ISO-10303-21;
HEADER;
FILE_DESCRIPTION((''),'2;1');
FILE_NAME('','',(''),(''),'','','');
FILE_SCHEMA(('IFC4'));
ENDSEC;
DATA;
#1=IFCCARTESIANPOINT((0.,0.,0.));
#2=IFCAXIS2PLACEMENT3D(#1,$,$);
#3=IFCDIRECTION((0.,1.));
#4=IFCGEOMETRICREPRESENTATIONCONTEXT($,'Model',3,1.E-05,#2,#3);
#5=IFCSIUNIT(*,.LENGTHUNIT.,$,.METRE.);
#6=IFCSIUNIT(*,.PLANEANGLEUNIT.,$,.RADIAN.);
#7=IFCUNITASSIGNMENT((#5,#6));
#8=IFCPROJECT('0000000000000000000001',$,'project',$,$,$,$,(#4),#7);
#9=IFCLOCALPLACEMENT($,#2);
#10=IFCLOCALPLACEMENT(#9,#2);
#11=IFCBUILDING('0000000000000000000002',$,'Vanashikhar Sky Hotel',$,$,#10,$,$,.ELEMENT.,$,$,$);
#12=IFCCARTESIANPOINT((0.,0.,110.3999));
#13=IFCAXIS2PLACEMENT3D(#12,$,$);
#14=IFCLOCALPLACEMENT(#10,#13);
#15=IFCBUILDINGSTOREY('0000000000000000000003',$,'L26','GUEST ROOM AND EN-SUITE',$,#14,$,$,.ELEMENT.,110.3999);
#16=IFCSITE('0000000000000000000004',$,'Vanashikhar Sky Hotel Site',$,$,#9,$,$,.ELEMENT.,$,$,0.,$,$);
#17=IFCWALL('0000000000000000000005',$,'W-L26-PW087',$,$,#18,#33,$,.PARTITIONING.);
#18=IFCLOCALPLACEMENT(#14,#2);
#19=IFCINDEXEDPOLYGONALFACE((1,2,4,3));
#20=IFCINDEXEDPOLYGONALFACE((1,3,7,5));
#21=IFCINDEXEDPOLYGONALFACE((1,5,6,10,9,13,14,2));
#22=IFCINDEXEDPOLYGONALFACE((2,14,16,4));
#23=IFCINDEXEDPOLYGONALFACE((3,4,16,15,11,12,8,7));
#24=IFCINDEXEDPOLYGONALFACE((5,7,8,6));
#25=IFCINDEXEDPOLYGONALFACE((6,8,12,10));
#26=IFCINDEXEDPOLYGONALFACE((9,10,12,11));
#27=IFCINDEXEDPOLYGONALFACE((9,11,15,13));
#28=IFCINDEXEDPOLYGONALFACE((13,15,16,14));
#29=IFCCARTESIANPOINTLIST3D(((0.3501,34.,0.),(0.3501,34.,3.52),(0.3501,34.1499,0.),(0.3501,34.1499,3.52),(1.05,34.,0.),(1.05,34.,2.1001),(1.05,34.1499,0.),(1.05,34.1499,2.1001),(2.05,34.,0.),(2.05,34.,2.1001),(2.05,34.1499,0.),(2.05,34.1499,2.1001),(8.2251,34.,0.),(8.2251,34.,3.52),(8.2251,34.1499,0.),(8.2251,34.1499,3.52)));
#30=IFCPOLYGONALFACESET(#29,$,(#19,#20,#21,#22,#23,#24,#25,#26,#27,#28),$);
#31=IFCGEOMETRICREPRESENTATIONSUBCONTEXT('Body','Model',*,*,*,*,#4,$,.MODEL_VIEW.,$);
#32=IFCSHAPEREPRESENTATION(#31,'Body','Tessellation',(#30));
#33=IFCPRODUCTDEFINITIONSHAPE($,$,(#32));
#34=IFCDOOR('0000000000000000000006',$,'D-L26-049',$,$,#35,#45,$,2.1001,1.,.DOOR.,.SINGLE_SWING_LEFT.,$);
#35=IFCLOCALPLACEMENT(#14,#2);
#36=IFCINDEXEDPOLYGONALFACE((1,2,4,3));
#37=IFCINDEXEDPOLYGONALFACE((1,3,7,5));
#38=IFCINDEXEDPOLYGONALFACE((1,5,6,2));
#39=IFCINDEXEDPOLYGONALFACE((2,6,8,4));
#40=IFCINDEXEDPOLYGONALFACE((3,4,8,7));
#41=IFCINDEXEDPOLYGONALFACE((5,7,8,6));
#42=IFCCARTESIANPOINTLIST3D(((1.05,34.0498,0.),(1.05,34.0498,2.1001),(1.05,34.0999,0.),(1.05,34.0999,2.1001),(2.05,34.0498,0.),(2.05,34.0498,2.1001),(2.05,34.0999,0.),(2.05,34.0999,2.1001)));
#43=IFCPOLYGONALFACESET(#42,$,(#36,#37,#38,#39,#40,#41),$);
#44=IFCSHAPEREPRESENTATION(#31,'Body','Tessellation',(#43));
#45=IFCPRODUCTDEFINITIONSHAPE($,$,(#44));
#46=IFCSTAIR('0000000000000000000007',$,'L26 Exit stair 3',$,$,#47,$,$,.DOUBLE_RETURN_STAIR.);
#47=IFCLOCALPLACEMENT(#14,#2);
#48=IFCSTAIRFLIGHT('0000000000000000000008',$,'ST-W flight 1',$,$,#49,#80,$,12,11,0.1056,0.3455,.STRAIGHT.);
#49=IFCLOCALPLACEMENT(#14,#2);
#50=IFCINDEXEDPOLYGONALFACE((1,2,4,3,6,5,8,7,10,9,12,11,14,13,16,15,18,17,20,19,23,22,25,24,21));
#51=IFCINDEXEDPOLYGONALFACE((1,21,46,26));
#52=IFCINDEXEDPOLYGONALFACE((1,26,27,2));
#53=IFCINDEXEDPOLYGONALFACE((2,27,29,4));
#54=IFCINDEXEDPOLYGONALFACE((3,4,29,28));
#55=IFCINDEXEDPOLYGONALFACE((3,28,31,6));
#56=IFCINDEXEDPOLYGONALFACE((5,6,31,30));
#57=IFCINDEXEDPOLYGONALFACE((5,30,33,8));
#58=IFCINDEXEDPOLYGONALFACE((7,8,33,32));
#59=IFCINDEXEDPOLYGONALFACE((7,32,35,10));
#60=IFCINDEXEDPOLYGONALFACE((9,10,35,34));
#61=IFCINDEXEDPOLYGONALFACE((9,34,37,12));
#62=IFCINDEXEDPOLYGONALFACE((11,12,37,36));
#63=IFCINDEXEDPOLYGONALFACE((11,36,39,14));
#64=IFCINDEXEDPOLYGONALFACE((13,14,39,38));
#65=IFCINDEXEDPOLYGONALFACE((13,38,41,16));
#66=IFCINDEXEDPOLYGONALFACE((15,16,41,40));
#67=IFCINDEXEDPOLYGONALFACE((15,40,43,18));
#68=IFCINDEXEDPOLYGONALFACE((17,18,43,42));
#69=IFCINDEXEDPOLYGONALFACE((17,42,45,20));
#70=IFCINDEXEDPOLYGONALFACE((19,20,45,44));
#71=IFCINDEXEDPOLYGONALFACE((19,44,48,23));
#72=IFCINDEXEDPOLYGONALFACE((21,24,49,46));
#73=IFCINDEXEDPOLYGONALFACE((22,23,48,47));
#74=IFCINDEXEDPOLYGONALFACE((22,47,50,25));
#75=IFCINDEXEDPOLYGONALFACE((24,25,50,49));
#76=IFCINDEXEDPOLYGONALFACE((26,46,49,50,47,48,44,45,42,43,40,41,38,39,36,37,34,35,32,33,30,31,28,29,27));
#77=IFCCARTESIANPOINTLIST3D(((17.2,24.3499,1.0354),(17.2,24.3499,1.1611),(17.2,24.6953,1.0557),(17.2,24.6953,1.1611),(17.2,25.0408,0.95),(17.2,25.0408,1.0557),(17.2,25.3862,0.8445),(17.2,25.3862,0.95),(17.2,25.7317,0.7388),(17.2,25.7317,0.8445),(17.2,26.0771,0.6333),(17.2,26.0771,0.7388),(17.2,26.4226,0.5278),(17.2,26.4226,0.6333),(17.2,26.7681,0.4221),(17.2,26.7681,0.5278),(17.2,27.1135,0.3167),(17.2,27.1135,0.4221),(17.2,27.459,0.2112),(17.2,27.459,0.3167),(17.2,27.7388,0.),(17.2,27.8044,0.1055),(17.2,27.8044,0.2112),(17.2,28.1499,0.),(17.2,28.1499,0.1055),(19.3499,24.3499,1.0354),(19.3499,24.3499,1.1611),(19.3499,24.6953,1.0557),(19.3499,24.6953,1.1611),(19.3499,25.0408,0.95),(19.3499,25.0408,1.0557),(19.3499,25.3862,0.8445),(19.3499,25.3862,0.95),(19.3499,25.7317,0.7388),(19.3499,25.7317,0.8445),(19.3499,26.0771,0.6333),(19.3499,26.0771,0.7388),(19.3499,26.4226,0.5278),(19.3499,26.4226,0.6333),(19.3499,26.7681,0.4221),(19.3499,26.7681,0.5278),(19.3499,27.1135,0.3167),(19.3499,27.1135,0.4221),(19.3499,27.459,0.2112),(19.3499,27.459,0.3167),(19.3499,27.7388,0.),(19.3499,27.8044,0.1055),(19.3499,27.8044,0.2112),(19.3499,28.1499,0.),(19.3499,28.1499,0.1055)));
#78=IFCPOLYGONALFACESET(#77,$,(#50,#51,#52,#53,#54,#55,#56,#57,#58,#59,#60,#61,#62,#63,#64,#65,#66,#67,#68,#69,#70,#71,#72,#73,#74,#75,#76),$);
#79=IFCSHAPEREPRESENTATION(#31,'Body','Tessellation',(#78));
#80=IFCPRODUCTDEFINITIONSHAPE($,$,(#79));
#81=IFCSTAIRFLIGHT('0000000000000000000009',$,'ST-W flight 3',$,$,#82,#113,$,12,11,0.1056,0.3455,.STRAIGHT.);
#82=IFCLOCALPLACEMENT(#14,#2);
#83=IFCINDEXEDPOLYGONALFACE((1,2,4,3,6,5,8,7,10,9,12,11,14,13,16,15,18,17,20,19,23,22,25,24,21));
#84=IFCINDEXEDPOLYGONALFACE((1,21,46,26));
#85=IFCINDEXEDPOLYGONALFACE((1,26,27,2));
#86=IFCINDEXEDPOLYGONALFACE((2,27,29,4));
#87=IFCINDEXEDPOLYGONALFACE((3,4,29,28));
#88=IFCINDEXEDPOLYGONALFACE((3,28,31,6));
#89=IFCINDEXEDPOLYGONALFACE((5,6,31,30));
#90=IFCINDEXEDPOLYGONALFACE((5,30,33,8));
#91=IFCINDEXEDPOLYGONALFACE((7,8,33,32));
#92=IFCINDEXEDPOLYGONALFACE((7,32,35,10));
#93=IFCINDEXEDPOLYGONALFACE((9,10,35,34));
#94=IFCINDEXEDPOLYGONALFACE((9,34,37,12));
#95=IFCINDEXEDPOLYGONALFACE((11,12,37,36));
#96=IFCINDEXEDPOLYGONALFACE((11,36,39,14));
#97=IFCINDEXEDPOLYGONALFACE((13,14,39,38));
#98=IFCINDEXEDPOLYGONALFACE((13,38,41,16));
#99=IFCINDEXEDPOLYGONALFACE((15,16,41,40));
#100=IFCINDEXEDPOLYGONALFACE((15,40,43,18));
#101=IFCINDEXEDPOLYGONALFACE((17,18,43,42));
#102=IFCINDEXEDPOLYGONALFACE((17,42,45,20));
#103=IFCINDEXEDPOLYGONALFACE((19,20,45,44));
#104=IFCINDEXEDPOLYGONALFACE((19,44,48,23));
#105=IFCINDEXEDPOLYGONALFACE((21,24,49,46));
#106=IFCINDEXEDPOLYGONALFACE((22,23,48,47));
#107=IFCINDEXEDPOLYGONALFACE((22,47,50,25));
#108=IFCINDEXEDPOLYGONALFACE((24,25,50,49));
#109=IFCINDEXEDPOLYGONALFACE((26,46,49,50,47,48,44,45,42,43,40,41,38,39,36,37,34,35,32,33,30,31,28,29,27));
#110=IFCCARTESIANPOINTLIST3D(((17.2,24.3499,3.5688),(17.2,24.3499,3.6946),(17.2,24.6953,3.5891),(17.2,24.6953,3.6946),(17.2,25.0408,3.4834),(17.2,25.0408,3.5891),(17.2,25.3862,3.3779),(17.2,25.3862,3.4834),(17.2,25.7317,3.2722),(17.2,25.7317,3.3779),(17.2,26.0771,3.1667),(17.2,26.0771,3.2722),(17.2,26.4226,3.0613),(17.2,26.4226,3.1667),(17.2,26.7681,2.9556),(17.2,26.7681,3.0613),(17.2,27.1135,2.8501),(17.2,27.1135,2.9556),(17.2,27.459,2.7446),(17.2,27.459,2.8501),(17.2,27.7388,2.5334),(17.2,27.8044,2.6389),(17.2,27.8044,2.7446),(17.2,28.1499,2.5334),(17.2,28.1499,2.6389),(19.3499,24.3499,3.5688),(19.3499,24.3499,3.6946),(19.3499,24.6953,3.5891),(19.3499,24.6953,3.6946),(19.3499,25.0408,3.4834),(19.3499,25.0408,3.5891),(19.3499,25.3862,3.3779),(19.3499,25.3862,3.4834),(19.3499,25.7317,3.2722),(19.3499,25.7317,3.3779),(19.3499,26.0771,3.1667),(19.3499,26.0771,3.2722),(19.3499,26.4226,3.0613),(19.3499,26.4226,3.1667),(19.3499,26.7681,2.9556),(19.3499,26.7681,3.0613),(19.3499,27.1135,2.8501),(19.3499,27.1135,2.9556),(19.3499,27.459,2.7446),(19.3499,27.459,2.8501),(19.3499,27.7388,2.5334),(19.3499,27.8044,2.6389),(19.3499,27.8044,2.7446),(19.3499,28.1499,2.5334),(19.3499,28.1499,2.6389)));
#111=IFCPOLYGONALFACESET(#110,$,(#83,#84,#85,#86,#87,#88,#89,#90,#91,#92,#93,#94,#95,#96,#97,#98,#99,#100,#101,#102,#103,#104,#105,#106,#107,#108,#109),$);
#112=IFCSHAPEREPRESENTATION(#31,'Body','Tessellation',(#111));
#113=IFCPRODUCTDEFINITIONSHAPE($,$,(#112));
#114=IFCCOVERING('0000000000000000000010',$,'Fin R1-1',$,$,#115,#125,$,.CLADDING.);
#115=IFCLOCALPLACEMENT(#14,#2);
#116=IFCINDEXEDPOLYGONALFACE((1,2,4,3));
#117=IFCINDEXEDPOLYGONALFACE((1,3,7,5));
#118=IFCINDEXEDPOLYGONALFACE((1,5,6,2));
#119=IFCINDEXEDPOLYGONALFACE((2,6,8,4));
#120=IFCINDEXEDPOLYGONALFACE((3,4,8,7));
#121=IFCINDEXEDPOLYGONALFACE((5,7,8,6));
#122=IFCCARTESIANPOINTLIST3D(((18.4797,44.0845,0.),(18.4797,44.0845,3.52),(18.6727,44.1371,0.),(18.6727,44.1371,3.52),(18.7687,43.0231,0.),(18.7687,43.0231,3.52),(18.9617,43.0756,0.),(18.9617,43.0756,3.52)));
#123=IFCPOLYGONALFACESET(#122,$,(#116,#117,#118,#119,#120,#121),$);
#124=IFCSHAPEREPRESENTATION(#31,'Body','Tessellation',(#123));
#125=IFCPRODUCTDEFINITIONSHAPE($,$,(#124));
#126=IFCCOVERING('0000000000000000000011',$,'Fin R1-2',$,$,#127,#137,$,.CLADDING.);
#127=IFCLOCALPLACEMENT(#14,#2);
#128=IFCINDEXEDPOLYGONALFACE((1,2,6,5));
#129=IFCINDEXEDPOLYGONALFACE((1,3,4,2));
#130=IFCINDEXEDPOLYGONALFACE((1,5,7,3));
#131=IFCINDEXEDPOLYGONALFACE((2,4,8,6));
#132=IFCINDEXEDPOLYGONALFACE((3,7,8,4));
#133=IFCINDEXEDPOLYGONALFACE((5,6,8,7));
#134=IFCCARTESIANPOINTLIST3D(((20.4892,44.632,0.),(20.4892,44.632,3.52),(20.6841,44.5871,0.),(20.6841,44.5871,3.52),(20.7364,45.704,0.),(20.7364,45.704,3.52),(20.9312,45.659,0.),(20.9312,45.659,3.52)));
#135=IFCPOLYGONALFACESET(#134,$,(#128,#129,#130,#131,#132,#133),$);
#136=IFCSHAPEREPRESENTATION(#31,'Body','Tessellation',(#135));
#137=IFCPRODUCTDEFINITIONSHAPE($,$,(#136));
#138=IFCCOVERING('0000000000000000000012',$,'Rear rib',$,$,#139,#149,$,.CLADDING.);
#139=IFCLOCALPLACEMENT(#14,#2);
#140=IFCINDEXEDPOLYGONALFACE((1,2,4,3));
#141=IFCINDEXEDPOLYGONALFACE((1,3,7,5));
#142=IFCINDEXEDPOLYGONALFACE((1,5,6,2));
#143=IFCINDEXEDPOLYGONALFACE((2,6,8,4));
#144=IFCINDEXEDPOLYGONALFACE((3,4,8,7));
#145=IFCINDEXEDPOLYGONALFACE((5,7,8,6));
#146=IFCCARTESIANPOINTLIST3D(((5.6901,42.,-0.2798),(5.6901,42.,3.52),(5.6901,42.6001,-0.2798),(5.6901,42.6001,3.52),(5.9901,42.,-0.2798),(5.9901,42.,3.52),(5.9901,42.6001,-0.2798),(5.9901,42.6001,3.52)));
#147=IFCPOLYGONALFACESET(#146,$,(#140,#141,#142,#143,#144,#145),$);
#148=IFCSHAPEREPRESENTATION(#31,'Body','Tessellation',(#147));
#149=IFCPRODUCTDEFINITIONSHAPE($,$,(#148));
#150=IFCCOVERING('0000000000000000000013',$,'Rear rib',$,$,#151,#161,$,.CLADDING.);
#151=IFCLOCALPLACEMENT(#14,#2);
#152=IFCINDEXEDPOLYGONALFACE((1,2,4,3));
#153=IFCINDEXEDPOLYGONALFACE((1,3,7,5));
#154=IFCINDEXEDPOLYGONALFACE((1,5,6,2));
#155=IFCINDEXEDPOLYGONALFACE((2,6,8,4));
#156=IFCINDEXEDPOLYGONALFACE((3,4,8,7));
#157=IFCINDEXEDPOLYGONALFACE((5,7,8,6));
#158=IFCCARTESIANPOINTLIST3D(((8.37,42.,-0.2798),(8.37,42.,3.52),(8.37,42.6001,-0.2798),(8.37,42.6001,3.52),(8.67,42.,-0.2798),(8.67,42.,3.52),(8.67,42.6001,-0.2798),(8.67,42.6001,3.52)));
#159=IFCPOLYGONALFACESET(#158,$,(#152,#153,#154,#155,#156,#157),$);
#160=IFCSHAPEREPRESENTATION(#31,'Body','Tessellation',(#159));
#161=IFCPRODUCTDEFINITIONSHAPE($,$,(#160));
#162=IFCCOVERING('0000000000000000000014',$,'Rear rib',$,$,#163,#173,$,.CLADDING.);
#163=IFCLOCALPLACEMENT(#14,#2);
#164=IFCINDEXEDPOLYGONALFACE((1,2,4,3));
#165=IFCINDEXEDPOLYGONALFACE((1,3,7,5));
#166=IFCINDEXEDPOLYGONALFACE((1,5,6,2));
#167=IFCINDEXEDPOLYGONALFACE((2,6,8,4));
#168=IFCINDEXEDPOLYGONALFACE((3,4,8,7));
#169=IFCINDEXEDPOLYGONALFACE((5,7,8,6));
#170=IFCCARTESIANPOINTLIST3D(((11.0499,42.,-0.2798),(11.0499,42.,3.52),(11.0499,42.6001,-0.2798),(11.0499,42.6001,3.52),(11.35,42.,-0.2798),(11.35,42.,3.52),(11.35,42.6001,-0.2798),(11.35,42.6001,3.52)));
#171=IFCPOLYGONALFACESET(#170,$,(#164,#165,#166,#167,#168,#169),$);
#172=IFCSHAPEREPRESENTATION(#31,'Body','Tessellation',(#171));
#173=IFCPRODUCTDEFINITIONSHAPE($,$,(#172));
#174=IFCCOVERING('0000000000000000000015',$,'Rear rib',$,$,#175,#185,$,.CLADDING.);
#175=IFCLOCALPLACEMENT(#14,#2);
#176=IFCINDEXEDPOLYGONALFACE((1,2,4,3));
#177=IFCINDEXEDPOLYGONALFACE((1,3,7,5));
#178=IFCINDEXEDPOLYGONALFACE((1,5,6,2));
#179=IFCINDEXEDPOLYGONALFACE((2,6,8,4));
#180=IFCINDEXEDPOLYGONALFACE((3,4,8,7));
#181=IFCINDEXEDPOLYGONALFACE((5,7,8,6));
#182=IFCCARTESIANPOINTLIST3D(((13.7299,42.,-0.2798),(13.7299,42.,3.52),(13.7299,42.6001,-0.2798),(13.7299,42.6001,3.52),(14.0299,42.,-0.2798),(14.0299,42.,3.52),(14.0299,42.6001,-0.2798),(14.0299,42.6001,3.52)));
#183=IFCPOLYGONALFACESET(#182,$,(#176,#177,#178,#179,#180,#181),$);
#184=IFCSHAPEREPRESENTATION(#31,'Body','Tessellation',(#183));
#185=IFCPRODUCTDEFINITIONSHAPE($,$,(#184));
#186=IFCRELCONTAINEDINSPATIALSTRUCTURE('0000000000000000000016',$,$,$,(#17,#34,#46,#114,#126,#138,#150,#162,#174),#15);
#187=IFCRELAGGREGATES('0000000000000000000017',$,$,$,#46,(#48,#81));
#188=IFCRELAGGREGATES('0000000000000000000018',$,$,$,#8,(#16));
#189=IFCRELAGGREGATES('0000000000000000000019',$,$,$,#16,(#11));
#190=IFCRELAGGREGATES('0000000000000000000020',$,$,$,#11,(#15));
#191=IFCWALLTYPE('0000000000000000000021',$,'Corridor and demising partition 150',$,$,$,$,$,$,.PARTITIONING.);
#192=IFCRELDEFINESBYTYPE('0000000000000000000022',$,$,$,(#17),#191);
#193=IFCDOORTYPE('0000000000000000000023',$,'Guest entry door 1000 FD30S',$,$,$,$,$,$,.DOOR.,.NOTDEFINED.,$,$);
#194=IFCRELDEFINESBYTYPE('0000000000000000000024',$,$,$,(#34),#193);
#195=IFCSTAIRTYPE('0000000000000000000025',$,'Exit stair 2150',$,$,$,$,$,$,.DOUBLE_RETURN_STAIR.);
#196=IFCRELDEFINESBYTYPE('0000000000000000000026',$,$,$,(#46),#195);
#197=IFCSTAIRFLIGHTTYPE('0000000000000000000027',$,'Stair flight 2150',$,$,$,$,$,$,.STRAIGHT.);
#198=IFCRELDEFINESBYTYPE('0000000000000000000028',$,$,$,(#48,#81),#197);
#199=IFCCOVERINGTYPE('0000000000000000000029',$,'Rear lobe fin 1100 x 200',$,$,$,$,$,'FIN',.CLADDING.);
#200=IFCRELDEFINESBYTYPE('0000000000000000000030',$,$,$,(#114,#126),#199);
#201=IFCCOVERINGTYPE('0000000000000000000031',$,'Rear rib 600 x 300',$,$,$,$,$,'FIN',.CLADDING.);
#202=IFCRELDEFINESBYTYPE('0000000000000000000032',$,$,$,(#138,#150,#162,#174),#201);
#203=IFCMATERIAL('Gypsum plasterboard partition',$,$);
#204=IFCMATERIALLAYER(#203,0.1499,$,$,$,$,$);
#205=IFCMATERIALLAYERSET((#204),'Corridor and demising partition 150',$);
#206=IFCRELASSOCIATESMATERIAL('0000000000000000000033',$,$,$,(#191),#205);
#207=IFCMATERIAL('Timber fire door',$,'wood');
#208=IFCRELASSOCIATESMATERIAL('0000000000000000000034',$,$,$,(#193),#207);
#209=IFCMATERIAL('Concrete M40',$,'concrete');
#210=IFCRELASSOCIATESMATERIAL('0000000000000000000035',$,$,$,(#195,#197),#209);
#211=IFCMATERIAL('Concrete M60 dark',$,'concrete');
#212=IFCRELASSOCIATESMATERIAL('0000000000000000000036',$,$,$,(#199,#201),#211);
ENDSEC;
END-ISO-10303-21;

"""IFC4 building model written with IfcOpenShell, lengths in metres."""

from ifc_helpers import new_model, si_unit, direction, frame, frame_2d, origin, origin_2d, place, context, subcontext, project, spatial, polyline, rectangle, outline, extrude, source, transform, mapped, material, layer, layer_set, material_profile, profile_set, type_object, element, fill, aggregate, save


model = new_model("IFC4")

# Units and contexts
model_context = context("Model", 3, precision=1e-05, world=origin(), true_north=direction((0.0, 1.0)))
body_context = subcontext(model_context, "Body", "Model", "MODEL_VIEW")
ifc_project = project(units=[si_unit("LENGTHUNIT", "METRE"), si_unit("PLANEANGLEUNIT", "RADIAN")], contexts=[model_context])

# Site, building, storey
site_placement = place(None, origin())
site = spatial("IfcSite", under=ifc_project, at=site_placement, Name="Vanashikhar Sky Hotel Site", CompositionType="ELEMENT", RefElevation=0.0)
building_placement = place(site_placement, origin())
building = spatial("IfcBuilding", under=site, at=building_placement, Name="Vanashikhar Sky Hotel", CompositionType="ELEMENT")
storey_placement = place(building_placement, frame((0.0, 0.0, 110.3999)))
storey = spatial("IfcBuildingStorey", under=building, at=storey_placement, Name="L26", Description="GUEST ROOM AND EN-SUITE", CompositionType="ELEMENT", Elevation=110.3999)

# Shared definitions
shared_shape_1 = source(origin(), body_context, "Body", "SweptSolid", [
    extrude(rectangle(XDim=1.0, YDim=2.1001, at=frame_2d((0.5, 1.05))), frame((0.0, 0.0249, 0.0), z_axis=(0.0, -1.0, 0.0), x_axis=(1.0, 0.0, 0.0)), (0.0, 0.0, 1.0), 0.05),
])
ifc_material_1 = material(Name="Gypsum plasterboard partition")
ifc_layer_1 = layer(ifc_material_1, 0.1499)
ifc_layer_set_1 = layer_set([ifc_layer_1], Name="Corridor and demising partition 150")
wall_type_1 = type_object("IfcWallType", Name="Corridor and demising partition 150", PredefinedType="PARTITIONING", material=ifc_layer_set_1)
shared_shape_2 = source(origin(), body_context, "Body", "SweptSolid", [
    extrude(rectangle(XDim=1.0, YDim=2.1001, at=frame_2d((0.5, 1.05))), frame((0.0, 0.085, 0.0), z_axis=(0.0, -1.0, 0.0), x_axis=(1.0, 0.0, 0.0)), (0.0, 0.0, 1.0), 0.1699),
])
ifc_material_2 = material(Name="Timber fire door", Category="wood")
door_type_1 = type_object("IfcDoorType", Name="Guest entry door 1000 FD30S", OperationType="NOTDEFINED", PredefinedType="DOOR", material=ifc_material_2)

# Wall, opening, door
shared_shape_3 = source(origin(), body_context, "Body", "SweptSolid", [
    extrude(rectangle(XDim=7.875, YDim=0.1499, at=frame_2d((3.9375, 0.0))), origin(), (0.0, 0.0, 1.0), 3.52),
])
wall_1_placement = place(storey_placement, frame((0.3501, 34.075, 0.0), z_axis=(0.0, 0.0, 1.0), x_axis=(1.0, 0.0, 0.0)))
wall_1 = element("IfcWall", 1, at=wall_1_placement, inside=storey, type_object=wall_type_1, Name="W-L26-PW087", PredefinedType="PARTITIONING", context=body_context, shape_type="MappedRepresentation", body=[
    mapped(shared_shape_3, transform((0.0, 0.0, 0.0), scale=1.0)),
])
opening_1_placement = place(wall_1_placement, frame((0.7, 0.0, 0.0)))
opening_1 = element("IfcOpeningElement", 2, at=opening_1_placement, cuts=wall_1, PredefinedType="OPENING", context=body_context, shape_type="MappedRepresentation", body=[
    mapped(shared_shape_2, transform((0.0, 0.0, 0.0), scale=1.0)),
])
door_1_placement = place(opening_1_placement, origin())
door_1 = element("IfcDoor", 3, at=door_1_placement, inside=storey, type_object=door_type_1, Name="D-L26-049", OperationType="SINGLE_SWING_LEFT", OverallHeight=2.1001, OverallWidth=1.0, PredefinedType="DOOR", context=body_context, shape_type="MappedRepresentation", body=[
    mapped(shared_shape_1, transform((0.0, 0.0, 0.0), scale=1.0)),
])
fill(opening_1, door_1)

# Stair, stair flights
ifc_material_3 = material(Name="Concrete M40", Category="concrete")
stair_type = type_object("IfcStairType", Name="Exit stair 2150", PredefinedType="DOUBLE_RETURN_STAIR", material=ifc_material_3)
stair_placement = place(storey_placement, origin())
stair = element("IfcStair", 4, at=stair_placement, inside=storey, type_object=stair_type, Name="L26 Exit stair 3", PredefinedType="DOUBLE_RETURN_STAIR")
stair_flight_type = type_object("IfcStairFlightType", Name="Stair flight 2150", PredefinedType="STRAIGHT", material=ifc_material_3)
shared_shape_4 = source(origin(), body_context, "Body", "SweptSolid", [
    extrude(outline(polyline([(0.0, 0.0), (0.0, 0.1055), (0.3455, 0.1055), (0.3455, 0.2112), (0.6909, 0.2112), (0.6909, 0.3167), (1.0364, 0.3167), (1.0364, 0.4221), (1.3818, 0.4221), (1.3818, 0.5278), (1.7273, 0.5278), (1.7273, 0.6333), (2.0728, 0.6333), (2.0728, 0.7388), (2.4182, 0.7388), (2.4182, 0.8445), (2.7637, 0.8445), (2.7637, 0.95), (3.1091, 0.95), (3.1091, 1.0557), (3.4546, 1.0557), (3.4546, 1.1611), (3.8, 1.1611), (3.8, 1.2666), (3.8, 1.0354), (0.4111, 0.0), (0.0, 0.0)])), frame((0.0, 1.075, 0.0), z_axis=(0.0, -1.0, 0.0), x_axis=(1.0, 0.0, 0.0)), (0.0, 0.0, 1.0), 2.1499),
])
stair_flight_1_placement = place(storey_placement, frame((18.2749, 28.1499, 0.0), z_axis=(0.0, 0.0, 1.0), x_axis=(0.0, -1.0, 0.0)))
stair_flight_1 = element("IfcStairFlight", 5, at=stair_flight_1_placement, type_object=stair_flight_type, Name="ST-W flight 1", NumberOfRisers=12, NumberOfTreads=11, PredefinedType="STRAIGHT", RiserHeight=0.1056, TreadLength=0.3455, context=body_context, shape_type="MappedRepresentation", body=[
    mapped(shared_shape_4, transform((0.0, 0.0, 0.0), scale=1.0)),
])
stair_flight_2_placement = place(storey_placement, frame((18.2749, 28.1499, 2.5334), z_axis=(0.0, 0.0, 1.0), x_axis=(0.0, -1.0, 0.0)))
stair_flight_2 = element("IfcStairFlight", 6, at=stair_flight_2_placement, type_object=stair_flight_type, Name="ST-W flight 3", NumberOfRisers=12, NumberOfTreads=11, PredefinedType="STRAIGHT", RiserHeight=0.1056, TreadLength=0.3455, context=body_context, shape_type="MappedRepresentation", body=[
    mapped(shared_shape_4, transform((0.0, 0.0, 0.0), scale=1.0)),
])
aggregate(stair, [stair_flight_1, stair_flight_2])

# Coverings
ifc_material_4 = material(Name="Concrete M60 dark", Category="concrete")
ifc_material_profile_1 = material_profile(ifc_material_4, rectangle(XDim=1.1001, YDim=0.2, at=origin_2d()))
ifc_profile_set_1 = profile_set([ifc_material_profile_1], Name="Rear lobe fin 1100 x 200")
covering_type_1 = type_object("IfcCoveringType", Name="Rear lobe fin 1100 x 200", ElementType="FIN", PredefinedType="CLADDING", material=ifc_profile_set_1)
shared_shape_5 = source(origin(), body_context, "Body", "SweptSolid", [
    extrude(rectangle(XDim=1.1001, YDim=0.2, at=origin_2d()), origin(), (0.0, 0.0, 1.0), 3.52),
])
for number, where, z_axis, x_axis, name in (
    (7, (18.7207, 43.5801, 0.0), (0.0, 0.0, 1.0), (-0.262711, 0.964874, 0.0), "Fin R1-1"),
    (8, (20.7102, 45.1455, 0.0), (0.0, 0.0, 1.0), (0.224645, 0.974441, 0.0), "Fin R1-2"),
):
    element("IfcCovering", number, at=place(storey_placement, frame(where, z_axis=z_axis, x_axis=x_axis)), inside=storey, type_object=covering_type_1, Name=name, PredefinedType="CLADDING", context=body_context, shape_type="MappedRepresentation", body=[
        mapped(shared_shape_5, transform((0.0, 0.0, 0.0), scale=1.0)),
    ])
ifc_material_profile_2 = material_profile(ifc_material_4, rectangle(XDim=0.6001, YDim=0.3, at=origin_2d()))
ifc_profile_set_2 = profile_set([ifc_material_profile_2], Name="Rear rib 600 x 300")
covering_type_2 = type_object("IfcCoveringType", Name="Rear rib 600 x 300", ElementType="FIN", PredefinedType="CLADDING", material=ifc_profile_set_2)
shared_shape_6 = source(origin(), body_context, "Body", "SweptSolid", [
    extrude(rectangle(XDim=0.6001, YDim=0.3, at=origin_2d()), origin(), (0.0, 0.0, 1.0), 3.7998),
])
for number, where, z_axis, x_axis, name in (
    (9, (5.8401, 42.3, -0.2798), (0.0, 0.0, 1.0), (0.0, 1.0, 0.0), "Rear rib"),
    (10, (8.52, 42.3, -0.2798), (0.0, 0.0, 1.0), (0.0, 1.0, 0.0), "Rear rib"),
    (11, (11.2, 42.3, -0.2798), (0.0, 0.0, 1.0), (0.0, 1.0, 0.0), "Rear rib"),
    (12, (13.8799, 42.3, -0.2798), (0.0, 0.0, 1.0), (0.0, 1.0, 0.0), "Rear rib"),
):
    element("IfcCovering", number, at=place(storey_placement, frame(where, z_axis=z_axis, x_axis=x_axis)), inside=storey, type_object=covering_type_2, Name=name, PredefinedType="CLADDING", context=body_context, shape_type="MappedRepresentation", body=[
        mapped(shared_shape_6, transform((0.0, 0.0, 0.0), scale=1.0)),
    ])

save(model, "model.ifc")
